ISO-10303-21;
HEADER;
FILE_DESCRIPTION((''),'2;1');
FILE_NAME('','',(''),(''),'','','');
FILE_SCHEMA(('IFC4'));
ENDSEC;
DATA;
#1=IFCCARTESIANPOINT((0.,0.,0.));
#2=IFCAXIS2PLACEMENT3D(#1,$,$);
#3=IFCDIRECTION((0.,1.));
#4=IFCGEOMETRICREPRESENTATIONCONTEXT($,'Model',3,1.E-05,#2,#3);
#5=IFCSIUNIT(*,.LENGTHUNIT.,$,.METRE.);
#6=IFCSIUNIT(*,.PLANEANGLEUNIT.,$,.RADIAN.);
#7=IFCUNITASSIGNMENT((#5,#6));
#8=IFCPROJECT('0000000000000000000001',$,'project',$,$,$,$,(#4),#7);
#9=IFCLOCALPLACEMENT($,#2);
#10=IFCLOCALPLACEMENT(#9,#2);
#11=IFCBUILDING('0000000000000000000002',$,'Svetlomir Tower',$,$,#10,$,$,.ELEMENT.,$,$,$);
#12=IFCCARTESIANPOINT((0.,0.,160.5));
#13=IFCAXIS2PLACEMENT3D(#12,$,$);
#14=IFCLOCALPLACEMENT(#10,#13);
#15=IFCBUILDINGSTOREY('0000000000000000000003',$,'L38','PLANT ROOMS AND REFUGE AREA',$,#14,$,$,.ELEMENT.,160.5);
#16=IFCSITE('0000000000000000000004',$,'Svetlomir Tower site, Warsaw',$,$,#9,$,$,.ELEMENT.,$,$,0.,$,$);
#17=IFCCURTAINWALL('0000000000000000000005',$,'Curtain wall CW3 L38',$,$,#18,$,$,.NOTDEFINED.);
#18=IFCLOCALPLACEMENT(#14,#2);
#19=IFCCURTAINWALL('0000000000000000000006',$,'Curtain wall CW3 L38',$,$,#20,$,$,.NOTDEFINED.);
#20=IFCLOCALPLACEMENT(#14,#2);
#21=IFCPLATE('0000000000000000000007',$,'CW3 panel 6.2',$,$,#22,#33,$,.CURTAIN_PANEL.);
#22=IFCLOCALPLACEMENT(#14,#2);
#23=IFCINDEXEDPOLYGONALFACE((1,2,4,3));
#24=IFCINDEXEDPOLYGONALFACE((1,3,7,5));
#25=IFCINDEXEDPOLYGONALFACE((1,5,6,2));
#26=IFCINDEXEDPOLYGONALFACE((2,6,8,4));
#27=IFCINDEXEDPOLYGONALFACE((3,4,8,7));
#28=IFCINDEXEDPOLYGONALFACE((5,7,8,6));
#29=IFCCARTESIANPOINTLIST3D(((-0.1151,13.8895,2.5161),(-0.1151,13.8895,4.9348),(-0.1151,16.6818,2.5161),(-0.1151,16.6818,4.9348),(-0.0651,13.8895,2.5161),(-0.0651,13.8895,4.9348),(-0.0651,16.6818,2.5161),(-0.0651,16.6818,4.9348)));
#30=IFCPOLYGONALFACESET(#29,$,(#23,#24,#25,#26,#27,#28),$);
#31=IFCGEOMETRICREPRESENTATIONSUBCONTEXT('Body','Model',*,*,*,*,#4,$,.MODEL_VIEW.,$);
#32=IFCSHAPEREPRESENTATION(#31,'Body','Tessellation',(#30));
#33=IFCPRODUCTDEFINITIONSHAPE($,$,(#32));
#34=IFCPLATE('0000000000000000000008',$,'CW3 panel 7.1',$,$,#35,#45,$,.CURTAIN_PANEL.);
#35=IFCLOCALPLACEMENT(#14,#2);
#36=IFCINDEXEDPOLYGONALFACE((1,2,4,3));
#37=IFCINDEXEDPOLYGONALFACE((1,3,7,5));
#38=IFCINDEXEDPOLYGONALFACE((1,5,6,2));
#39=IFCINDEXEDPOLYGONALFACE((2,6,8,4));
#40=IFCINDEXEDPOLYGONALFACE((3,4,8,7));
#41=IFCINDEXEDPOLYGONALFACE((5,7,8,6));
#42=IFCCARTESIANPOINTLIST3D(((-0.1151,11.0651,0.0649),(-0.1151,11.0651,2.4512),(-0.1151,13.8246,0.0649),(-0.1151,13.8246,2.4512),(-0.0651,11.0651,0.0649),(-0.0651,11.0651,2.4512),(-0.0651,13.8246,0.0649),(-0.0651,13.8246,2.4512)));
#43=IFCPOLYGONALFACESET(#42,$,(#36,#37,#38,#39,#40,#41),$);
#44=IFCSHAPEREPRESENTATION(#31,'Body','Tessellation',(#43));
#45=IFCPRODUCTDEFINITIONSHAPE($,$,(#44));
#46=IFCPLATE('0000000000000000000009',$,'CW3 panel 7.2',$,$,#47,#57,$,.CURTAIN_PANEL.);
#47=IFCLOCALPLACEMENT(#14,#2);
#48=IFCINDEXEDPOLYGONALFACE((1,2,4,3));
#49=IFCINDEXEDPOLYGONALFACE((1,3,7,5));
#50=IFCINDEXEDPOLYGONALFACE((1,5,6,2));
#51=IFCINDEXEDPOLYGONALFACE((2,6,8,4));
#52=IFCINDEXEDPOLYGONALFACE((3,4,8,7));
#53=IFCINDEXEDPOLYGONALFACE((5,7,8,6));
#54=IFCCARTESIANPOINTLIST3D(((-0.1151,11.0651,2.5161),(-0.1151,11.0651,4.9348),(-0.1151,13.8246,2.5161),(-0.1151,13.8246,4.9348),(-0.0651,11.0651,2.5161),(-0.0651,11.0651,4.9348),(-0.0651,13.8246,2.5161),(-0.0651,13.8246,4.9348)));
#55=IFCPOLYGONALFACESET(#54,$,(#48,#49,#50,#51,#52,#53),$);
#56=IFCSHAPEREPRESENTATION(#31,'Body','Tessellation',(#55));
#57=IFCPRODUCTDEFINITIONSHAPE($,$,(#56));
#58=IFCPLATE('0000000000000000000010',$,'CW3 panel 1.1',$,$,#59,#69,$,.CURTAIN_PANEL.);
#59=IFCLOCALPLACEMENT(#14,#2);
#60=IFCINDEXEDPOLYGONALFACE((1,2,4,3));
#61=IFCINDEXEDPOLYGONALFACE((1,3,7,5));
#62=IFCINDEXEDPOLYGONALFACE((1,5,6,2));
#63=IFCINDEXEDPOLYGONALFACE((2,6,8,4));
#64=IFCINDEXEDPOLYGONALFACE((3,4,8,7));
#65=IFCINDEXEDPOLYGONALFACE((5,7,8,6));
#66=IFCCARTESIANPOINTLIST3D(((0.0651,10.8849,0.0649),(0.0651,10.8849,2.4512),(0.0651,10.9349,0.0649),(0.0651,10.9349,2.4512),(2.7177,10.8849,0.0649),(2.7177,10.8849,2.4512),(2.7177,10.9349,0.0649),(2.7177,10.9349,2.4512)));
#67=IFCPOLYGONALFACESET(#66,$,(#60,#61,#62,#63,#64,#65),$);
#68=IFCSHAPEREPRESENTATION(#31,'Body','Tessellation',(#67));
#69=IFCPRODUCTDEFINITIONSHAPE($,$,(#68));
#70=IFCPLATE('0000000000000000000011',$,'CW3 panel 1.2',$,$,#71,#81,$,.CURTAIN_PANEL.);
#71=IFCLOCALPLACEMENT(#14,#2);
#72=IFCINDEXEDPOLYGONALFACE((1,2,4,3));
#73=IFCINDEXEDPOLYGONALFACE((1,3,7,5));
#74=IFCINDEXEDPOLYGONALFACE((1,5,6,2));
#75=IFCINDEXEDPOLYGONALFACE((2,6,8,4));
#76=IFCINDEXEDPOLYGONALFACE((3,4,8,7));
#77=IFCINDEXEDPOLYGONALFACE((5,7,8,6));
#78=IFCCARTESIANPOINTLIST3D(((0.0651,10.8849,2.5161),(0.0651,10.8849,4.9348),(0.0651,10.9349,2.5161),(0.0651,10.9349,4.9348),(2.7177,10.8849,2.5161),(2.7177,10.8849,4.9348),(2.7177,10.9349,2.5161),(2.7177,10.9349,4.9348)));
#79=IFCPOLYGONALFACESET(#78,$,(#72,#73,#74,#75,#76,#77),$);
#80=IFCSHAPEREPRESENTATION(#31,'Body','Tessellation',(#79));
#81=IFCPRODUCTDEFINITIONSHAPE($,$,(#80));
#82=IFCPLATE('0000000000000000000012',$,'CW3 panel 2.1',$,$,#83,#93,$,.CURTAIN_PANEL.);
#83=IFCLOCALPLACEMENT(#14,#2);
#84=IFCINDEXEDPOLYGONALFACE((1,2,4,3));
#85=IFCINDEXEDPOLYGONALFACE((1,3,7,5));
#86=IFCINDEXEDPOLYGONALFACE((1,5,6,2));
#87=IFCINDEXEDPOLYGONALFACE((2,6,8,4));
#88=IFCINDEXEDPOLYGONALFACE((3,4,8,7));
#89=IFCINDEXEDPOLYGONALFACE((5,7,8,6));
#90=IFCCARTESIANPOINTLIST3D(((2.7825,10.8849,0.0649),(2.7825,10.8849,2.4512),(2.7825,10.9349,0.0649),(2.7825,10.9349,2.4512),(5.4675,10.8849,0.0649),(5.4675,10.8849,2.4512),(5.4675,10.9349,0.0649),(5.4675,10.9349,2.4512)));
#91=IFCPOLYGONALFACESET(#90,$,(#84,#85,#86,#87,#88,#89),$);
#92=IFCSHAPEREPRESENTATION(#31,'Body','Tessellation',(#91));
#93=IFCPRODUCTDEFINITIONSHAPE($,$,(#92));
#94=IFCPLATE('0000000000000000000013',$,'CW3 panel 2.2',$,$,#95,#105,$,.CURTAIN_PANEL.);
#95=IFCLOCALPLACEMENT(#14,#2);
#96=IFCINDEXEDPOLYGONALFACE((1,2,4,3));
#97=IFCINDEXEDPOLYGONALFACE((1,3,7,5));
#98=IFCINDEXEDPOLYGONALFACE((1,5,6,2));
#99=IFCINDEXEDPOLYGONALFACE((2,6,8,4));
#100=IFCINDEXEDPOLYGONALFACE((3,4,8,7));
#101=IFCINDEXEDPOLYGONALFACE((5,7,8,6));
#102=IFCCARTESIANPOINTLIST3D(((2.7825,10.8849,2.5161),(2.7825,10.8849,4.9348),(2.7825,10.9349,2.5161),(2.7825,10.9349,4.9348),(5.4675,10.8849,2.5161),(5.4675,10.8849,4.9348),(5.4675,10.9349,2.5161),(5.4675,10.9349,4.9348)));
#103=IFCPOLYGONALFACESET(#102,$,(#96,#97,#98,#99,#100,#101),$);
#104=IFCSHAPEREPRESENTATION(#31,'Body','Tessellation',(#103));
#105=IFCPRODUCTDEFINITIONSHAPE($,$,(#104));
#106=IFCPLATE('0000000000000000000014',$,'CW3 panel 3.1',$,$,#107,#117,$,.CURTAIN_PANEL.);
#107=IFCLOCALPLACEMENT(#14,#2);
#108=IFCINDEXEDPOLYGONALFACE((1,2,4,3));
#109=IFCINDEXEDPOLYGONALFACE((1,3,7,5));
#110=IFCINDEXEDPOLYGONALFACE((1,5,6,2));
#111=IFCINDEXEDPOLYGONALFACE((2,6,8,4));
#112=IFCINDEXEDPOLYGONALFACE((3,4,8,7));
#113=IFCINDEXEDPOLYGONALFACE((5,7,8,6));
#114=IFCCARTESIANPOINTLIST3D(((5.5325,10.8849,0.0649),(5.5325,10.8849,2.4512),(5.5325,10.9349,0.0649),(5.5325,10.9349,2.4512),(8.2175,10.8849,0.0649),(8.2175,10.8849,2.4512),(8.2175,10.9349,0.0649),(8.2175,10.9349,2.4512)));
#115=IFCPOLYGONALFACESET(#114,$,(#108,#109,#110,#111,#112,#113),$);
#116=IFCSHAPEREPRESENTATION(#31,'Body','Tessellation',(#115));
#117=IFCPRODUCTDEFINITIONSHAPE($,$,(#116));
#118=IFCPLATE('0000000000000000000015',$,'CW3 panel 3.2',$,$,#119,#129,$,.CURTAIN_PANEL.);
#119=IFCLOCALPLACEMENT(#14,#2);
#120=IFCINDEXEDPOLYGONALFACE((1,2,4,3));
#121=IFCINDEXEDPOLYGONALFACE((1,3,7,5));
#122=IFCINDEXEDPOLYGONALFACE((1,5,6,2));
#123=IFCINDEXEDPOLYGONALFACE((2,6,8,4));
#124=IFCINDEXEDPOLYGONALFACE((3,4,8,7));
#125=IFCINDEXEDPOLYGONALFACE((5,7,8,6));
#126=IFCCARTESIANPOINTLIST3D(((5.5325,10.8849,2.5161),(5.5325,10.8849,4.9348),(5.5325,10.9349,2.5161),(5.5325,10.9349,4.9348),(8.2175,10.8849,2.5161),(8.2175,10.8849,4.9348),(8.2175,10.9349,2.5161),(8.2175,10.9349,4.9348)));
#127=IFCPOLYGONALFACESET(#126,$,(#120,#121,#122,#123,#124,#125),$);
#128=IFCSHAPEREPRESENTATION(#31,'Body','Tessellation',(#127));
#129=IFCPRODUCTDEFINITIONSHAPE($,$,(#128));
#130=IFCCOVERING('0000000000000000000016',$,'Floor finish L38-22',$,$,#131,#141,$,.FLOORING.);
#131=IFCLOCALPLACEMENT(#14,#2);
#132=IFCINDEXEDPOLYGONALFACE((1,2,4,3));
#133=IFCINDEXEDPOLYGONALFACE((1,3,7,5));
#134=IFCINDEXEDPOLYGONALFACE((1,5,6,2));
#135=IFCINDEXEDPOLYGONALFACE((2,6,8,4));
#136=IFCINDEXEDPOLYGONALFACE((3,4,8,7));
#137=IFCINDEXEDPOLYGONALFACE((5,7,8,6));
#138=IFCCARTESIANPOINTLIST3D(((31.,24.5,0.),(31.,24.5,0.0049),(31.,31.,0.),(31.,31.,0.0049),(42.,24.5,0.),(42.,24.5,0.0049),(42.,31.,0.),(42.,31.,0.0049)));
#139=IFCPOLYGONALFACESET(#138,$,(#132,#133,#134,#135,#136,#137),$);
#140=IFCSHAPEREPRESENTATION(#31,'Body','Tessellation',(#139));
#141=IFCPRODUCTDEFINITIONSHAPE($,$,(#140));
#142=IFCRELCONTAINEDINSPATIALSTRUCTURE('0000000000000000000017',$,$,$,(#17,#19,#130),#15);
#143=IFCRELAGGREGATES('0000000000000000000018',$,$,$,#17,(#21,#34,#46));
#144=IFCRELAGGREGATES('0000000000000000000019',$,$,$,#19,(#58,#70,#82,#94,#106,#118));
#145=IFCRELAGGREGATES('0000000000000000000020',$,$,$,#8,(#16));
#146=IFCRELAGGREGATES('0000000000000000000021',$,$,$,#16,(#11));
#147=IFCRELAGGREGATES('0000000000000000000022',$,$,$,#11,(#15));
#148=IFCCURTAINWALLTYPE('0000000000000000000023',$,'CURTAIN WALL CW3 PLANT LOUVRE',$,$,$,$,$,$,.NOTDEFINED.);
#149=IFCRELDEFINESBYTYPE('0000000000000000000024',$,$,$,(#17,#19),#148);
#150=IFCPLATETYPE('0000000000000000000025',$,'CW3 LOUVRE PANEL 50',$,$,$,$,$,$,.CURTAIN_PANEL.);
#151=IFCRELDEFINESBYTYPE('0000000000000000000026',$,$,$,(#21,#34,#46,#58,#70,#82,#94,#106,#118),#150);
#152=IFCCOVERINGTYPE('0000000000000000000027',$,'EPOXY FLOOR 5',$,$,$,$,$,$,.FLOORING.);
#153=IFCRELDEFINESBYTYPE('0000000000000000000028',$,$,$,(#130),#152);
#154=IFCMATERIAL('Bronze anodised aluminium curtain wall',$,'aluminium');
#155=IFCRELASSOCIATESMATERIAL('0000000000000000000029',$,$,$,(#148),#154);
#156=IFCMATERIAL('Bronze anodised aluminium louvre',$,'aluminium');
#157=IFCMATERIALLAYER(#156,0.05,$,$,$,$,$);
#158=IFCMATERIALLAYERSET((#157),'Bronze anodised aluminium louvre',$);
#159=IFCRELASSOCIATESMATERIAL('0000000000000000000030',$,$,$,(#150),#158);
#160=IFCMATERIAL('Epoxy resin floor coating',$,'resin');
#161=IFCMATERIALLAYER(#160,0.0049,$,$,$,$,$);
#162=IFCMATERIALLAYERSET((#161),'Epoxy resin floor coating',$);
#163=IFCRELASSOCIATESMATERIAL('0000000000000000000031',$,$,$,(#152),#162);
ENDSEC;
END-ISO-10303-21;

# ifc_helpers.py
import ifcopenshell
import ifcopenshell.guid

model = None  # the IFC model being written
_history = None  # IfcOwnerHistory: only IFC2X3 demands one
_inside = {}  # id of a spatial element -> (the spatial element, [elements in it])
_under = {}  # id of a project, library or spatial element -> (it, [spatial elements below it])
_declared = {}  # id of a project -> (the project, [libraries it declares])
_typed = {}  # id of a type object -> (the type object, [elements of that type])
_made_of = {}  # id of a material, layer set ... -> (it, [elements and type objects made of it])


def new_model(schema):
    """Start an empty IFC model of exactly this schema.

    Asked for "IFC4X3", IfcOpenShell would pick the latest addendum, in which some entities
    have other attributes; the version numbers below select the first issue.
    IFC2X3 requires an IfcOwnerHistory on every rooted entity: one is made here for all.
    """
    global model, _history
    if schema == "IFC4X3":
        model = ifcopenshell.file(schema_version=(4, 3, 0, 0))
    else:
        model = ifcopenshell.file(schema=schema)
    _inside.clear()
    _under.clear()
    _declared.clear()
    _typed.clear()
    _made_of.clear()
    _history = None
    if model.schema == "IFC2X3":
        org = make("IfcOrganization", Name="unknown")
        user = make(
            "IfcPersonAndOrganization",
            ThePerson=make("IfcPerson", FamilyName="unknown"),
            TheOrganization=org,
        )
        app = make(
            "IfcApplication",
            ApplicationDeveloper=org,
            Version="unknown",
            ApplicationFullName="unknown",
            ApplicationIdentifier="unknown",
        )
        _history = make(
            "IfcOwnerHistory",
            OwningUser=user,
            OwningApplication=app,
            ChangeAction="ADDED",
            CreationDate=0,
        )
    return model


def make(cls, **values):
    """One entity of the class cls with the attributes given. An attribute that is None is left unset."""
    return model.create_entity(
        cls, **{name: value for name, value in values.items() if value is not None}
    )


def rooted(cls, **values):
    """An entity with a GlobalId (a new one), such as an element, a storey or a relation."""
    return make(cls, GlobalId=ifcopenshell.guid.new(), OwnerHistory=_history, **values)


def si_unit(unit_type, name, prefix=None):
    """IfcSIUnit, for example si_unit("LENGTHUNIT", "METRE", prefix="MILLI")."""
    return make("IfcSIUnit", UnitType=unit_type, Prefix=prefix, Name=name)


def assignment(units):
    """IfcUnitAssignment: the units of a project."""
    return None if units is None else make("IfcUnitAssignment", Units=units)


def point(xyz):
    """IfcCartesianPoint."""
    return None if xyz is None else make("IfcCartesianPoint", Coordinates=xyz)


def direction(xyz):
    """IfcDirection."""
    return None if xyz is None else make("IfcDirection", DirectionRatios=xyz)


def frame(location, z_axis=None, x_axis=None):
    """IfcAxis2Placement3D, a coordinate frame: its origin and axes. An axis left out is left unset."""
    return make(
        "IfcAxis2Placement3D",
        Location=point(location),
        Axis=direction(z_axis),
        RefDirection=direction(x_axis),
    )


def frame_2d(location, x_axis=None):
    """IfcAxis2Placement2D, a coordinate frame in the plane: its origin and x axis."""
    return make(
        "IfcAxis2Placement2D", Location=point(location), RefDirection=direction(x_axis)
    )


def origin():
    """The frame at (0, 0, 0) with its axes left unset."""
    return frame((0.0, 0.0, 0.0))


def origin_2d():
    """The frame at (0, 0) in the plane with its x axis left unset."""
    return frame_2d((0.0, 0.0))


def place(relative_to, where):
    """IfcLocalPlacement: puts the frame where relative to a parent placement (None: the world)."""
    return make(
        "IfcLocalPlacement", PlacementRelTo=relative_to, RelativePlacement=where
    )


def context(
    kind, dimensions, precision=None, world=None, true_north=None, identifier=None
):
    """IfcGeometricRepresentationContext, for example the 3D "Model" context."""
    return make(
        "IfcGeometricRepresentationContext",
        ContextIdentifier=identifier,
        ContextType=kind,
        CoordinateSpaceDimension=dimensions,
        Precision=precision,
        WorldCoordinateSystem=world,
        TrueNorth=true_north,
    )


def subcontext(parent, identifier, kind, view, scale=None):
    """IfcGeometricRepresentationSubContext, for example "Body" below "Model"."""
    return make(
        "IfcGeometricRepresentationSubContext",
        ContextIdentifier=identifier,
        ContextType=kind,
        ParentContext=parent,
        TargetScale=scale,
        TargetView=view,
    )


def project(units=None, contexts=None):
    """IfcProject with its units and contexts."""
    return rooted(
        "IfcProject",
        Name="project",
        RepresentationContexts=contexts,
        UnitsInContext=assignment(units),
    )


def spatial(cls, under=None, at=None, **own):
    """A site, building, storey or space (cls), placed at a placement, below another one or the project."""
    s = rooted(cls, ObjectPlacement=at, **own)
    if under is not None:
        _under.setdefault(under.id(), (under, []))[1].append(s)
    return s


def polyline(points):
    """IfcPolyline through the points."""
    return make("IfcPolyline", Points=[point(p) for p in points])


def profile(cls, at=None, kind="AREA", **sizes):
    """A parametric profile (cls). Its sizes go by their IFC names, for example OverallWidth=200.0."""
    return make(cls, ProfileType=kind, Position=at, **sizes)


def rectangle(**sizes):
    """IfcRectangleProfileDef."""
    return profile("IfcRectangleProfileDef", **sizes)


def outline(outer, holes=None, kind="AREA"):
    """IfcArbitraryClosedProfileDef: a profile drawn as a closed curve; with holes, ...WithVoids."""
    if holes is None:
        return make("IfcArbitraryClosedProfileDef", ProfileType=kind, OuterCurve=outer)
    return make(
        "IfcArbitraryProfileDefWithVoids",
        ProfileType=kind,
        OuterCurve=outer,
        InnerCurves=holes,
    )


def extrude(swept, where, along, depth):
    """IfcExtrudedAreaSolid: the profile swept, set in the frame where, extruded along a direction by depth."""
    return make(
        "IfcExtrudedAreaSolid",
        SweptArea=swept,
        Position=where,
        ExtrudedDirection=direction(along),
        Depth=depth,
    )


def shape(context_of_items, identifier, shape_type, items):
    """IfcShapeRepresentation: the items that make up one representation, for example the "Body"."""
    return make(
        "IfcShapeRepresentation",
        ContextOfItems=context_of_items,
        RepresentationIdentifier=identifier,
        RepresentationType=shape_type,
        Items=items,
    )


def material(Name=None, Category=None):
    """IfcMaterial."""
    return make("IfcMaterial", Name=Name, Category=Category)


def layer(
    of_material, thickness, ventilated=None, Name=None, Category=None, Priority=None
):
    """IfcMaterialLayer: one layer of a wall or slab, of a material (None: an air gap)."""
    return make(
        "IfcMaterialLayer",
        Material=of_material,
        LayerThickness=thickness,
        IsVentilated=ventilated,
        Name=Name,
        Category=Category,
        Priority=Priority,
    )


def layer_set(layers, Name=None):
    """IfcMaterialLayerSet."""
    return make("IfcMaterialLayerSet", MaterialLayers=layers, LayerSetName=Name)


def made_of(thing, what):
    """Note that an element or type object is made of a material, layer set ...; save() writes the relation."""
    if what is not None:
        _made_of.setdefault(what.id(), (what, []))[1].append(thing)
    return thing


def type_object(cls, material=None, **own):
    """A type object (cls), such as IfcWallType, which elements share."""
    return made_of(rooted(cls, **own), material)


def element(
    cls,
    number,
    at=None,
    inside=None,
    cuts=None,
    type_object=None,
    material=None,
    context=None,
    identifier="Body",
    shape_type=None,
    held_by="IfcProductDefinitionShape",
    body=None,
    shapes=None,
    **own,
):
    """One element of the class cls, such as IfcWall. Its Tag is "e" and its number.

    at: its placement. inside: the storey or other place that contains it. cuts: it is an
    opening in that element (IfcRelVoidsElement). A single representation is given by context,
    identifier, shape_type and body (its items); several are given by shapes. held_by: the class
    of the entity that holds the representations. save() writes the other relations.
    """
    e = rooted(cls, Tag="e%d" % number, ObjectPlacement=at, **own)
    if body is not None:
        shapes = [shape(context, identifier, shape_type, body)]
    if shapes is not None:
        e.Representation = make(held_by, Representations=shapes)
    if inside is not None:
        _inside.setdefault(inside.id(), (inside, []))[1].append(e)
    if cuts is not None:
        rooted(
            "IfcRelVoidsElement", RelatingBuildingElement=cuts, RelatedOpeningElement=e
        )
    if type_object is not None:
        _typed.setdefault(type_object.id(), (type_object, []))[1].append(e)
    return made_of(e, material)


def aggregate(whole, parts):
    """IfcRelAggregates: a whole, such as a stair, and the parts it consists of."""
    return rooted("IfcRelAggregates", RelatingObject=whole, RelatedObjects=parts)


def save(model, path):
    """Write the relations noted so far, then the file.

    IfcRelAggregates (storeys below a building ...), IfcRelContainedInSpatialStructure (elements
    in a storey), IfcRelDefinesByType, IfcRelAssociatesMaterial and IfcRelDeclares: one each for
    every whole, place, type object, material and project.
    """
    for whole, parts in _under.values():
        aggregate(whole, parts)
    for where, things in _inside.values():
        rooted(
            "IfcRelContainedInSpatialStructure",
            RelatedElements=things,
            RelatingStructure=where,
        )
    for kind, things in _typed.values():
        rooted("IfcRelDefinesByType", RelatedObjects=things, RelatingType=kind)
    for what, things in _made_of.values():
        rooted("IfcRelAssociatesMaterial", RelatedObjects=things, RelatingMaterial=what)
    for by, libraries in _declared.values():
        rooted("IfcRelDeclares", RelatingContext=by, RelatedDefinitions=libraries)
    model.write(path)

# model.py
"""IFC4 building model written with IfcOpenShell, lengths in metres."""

from ifc_helpers import new_model, si_unit, direction, frame, origin, origin_2d, place, context, subcontext, project, spatial, polyline, rectangle, outline, extrude, material, layer, layer_set, type_object, element, aggregate, save


model = new_model("IFC4")

# Units and contexts
model_context = context("Model", 3, precision=1e-05, world=origin(), true_north=direction((0.0, 1.0)))
body_context = subcontext(model_context, "Body", "Model", "MODEL_VIEW")
ifc_project = project(units=[si_unit("LENGTHUNIT", "METRE"), si_unit("PLANEANGLEUNIT", "RADIAN")], contexts=[model_context])

# Site, building, storey
site_placement = place(None, origin())
site = spatial("IfcSite", under=ifc_project, at=site_placement, Name="Svetlomir Tower site, Warsaw", CompositionType="ELEMENT", RefElevation=0.0)
building_placement = place(site_placement, origin())
building = spatial("IfcBuilding", under=site, at=building_placement, Name="Svetlomir Tower", CompositionType="ELEMENT")
storey_placement = place(building_placement, frame((0.0, 0.0, 160.5)))
storey = spatial("IfcBuildingStorey", under=building, at=storey_placement, Name="L38", Description="PLANT ROOMS AND REFUGE AREA", CompositionType="ELEMENT", Elevation=160.5)

# Curtain walls
ifc_material_1 = material(Name="Bronze anodised aluminium curtain wall", Category="aluminium")
curtain_wall_type = type_object("IfcCurtainWallType", Name="CURTAIN WALL CW3 PLANT LOUVRE", PredefinedType="NOTDEFINED", material=ifc_material_1)
curtain_wall_1_placement = place(storey_placement, origin())
curtain_wall_1 = element("IfcCurtainWall", 1, at=curtain_wall_1_placement, inside=storey, type_object=curtain_wall_type, Name="Curtain wall CW3 L38", PredefinedType="NOTDEFINED")
curtain_wall_2_placement = place(storey_placement, origin())
curtain_wall_2 = element("IfcCurtainWall", 2, at=curtain_wall_2_placement, inside=storey, type_object=curtain_wall_type, Name="Curtain wall CW3 L38", PredefinedType="NOTDEFINED")

# Plates
ifc_material_2 = material(Name="Bronze anodised aluminium louvre", Category="aluminium")
ifc_layer_1 = layer(ifc_material_2, 0.05)
ifc_layer_set_1 = layer_set([ifc_layer_1], Name="Bronze anodised aluminium louvre")
plate_type = type_object("IfcPlateType", Name="CW3 LOUVRE PANEL 50", PredefinedType="CURTAIN_PANEL", material=ifc_layer_set_1)
plate_1_placement = place(storey_placement, frame((-0.0901, 15.2856, 2.5161), z_axis=(0.0, 0.0, 1.0), x_axis=(0.0, -1.0, 0.0)))
plate_1 = element("IfcPlate", 3, at=plate_1_placement, type_object=plate_type, Name="CW3 panel 6.2", PredefinedType="CURTAIN_PANEL", context=body_context, shape_type="SweptSolid", body=[
    extrude(rectangle(XDim=2.7922, YDim=0.05, at=origin_2d()), origin(), (0.0, 0.0, 1.0), 2.4187),
])
plate_2_placement = place(storey_placement, frame((-0.0901, 12.4448, 0.0649), z_axis=(0.0, 0.0, 1.0), x_axis=(0.0, -1.0, 0.0)))
plate_2 = element("IfcPlate", 4, at=plate_2_placement, type_object=plate_type, Name="CW3 panel 7.1", PredefinedType="CURTAIN_PANEL", context=body_context, shape_type="SweptSolid", body=[
    extrude(rectangle(XDim=2.7595, YDim=0.05, at=origin_2d()), origin(), (0.0, 0.0, 1.0), 2.3862),
])
plate_3_placement = place(storey_placement, frame((-0.0901, 12.4448, 2.5161), z_axis=(0.0, 0.0, 1.0), x_axis=(0.0, -1.0, 0.0)))
plate_3 = element("IfcPlate", 5, at=plate_3_placement, type_object=plate_type, Name="CW3 panel 7.2", PredefinedType="CURTAIN_PANEL", context=body_context, shape_type="SweptSolid", body=[
    extrude(rectangle(XDim=2.7595, YDim=0.05, at=origin_2d()), origin(), (0.0, 0.0, 1.0), 2.4187),
])
aggregate(curtain_wall_1, [plate_1, plate_2, plate_3])
plate_4_placement = place(storey_placement, frame((1.3914, 10.9099, 0.0649), z_axis=(0.0, 0.0, 1.0), x_axis=(1.0, 0.0, 0.0)))
plate_4 = element("IfcPlate", 6, at=plate_4_placement, type_object=plate_type, Name="CW3 panel 1.1", PredefinedType="CURTAIN_PANEL", context=body_context, shape_type="SweptSolid", body=[
    extrude(rectangle(XDim=2.6526, YDim=0.05, at=origin_2d()), origin(), (0.0, 0.0, 1.0), 2.3862),
])
plate_5_placement = place(storey_placement, frame((1.3914, 10.9099, 2.5161), z_axis=(0.0, 0.0, 1.0), x_axis=(1.0, 0.0, 0.0)))
plate_5 = element("IfcPlate", 7, at=plate_5_placement, type_object=plate_type, Name="CW3 panel 1.2", PredefinedType="CURTAIN_PANEL", context=body_context, shape_type="SweptSolid", body=[
    extrude(rectangle(XDim=2.6526, YDim=0.05, at=origin_2d()), origin(), (0.0, 0.0, 1.0), 2.4187),
])
plate_6_placement = place(storey_placement, frame((4.125, 10.9099, 0.0649), z_axis=(0.0, 0.0, 1.0), x_axis=(1.0, 0.0, 0.0)))
plate_6 = element("IfcPlate", 8, at=plate_6_placement, type_object=plate_type, Name="CW3 panel 2.1", PredefinedType="CURTAIN_PANEL", context=body_context, shape_type="SweptSolid", body=[
    extrude(rectangle(XDim=2.6851, YDim=0.05, at=origin_2d()), origin(), (0.0, 0.0, 1.0), 2.3862),
])
plate_7_placement = place(storey_placement, frame((4.125, 10.9099, 2.5161), z_axis=(0.0, 0.0, 1.0), x_axis=(1.0, 0.0, 0.0)))
plate_7 = element("IfcPlate", 9, at=plate_7_placement, type_object=plate_type, Name="CW3 panel 2.2", PredefinedType="CURTAIN_PANEL", context=body_context, shape_type="SweptSolid", body=[
    extrude(rectangle(XDim=2.6851, YDim=0.05, at=origin_2d()), origin(), (0.0, 0.0, 1.0), 2.4187),
])
plate_8_placement = place(storey_placement, frame((6.875, 10.9099, 0.0649), z_axis=(0.0, 0.0, 1.0), x_axis=(1.0, 0.0, 0.0)))
plate_8 = element("IfcPlate", 10, at=plate_8_placement, type_object=plate_type, Name="CW3 panel 3.1", PredefinedType="CURTAIN_PANEL", context=body_context, shape_type="SweptSolid", body=[
    extrude(rectangle(XDim=2.6851, YDim=0.05, at=origin_2d()), origin(), (0.0, 0.0, 1.0), 2.3862),
])
plate_9_placement = place(storey_placement, frame((6.875, 10.9099, 2.5161), z_axis=(0.0, 0.0, 1.0), x_axis=(1.0, 0.0, 0.0)))
plate_9 = element("IfcPlate", 11, at=plate_9_placement, type_object=plate_type, Name="CW3 panel 3.2", PredefinedType="CURTAIN_PANEL", context=body_context, shape_type="SweptSolid", body=[
    extrude(rectangle(XDim=2.6851, YDim=0.05, at=origin_2d()), origin(), (0.0, 0.0, 1.0), 2.4187),
])
aggregate(curtain_wall_2, [plate_4, plate_5, plate_6, plate_7, plate_8, plate_9])

# Covering
ifc_material_3 = material(Name="Epoxy resin floor coating", Category="resin")
ifc_layer_2 = layer(ifc_material_3, 0.0049)
ifc_layer_set_2 = layer_set([ifc_layer_2], Name="Epoxy resin floor coating")
covering_type = type_object("IfcCoveringType", Name="EPOXY FLOOR 5", PredefinedType="FLOORING", material=ifc_layer_set_2)
covering_placement = place(storey_placement, origin())
element("IfcCovering", 12, at=covering_placement, inside=storey, type_object=covering_type, Name="Floor finish L38-22", PredefinedType="FLOORING", context=body_context, shape_type="SweptSolid", body=[
    extrude(outline(polyline([(42.0, 31.0), (42.0, 24.5), (31.0, 24.5), (31.0, 31.0), (42.0, 31.0)])), origin(), (0.0, 0.0, 1.0), 0.0049),
])

save(model, "model.ifc")
